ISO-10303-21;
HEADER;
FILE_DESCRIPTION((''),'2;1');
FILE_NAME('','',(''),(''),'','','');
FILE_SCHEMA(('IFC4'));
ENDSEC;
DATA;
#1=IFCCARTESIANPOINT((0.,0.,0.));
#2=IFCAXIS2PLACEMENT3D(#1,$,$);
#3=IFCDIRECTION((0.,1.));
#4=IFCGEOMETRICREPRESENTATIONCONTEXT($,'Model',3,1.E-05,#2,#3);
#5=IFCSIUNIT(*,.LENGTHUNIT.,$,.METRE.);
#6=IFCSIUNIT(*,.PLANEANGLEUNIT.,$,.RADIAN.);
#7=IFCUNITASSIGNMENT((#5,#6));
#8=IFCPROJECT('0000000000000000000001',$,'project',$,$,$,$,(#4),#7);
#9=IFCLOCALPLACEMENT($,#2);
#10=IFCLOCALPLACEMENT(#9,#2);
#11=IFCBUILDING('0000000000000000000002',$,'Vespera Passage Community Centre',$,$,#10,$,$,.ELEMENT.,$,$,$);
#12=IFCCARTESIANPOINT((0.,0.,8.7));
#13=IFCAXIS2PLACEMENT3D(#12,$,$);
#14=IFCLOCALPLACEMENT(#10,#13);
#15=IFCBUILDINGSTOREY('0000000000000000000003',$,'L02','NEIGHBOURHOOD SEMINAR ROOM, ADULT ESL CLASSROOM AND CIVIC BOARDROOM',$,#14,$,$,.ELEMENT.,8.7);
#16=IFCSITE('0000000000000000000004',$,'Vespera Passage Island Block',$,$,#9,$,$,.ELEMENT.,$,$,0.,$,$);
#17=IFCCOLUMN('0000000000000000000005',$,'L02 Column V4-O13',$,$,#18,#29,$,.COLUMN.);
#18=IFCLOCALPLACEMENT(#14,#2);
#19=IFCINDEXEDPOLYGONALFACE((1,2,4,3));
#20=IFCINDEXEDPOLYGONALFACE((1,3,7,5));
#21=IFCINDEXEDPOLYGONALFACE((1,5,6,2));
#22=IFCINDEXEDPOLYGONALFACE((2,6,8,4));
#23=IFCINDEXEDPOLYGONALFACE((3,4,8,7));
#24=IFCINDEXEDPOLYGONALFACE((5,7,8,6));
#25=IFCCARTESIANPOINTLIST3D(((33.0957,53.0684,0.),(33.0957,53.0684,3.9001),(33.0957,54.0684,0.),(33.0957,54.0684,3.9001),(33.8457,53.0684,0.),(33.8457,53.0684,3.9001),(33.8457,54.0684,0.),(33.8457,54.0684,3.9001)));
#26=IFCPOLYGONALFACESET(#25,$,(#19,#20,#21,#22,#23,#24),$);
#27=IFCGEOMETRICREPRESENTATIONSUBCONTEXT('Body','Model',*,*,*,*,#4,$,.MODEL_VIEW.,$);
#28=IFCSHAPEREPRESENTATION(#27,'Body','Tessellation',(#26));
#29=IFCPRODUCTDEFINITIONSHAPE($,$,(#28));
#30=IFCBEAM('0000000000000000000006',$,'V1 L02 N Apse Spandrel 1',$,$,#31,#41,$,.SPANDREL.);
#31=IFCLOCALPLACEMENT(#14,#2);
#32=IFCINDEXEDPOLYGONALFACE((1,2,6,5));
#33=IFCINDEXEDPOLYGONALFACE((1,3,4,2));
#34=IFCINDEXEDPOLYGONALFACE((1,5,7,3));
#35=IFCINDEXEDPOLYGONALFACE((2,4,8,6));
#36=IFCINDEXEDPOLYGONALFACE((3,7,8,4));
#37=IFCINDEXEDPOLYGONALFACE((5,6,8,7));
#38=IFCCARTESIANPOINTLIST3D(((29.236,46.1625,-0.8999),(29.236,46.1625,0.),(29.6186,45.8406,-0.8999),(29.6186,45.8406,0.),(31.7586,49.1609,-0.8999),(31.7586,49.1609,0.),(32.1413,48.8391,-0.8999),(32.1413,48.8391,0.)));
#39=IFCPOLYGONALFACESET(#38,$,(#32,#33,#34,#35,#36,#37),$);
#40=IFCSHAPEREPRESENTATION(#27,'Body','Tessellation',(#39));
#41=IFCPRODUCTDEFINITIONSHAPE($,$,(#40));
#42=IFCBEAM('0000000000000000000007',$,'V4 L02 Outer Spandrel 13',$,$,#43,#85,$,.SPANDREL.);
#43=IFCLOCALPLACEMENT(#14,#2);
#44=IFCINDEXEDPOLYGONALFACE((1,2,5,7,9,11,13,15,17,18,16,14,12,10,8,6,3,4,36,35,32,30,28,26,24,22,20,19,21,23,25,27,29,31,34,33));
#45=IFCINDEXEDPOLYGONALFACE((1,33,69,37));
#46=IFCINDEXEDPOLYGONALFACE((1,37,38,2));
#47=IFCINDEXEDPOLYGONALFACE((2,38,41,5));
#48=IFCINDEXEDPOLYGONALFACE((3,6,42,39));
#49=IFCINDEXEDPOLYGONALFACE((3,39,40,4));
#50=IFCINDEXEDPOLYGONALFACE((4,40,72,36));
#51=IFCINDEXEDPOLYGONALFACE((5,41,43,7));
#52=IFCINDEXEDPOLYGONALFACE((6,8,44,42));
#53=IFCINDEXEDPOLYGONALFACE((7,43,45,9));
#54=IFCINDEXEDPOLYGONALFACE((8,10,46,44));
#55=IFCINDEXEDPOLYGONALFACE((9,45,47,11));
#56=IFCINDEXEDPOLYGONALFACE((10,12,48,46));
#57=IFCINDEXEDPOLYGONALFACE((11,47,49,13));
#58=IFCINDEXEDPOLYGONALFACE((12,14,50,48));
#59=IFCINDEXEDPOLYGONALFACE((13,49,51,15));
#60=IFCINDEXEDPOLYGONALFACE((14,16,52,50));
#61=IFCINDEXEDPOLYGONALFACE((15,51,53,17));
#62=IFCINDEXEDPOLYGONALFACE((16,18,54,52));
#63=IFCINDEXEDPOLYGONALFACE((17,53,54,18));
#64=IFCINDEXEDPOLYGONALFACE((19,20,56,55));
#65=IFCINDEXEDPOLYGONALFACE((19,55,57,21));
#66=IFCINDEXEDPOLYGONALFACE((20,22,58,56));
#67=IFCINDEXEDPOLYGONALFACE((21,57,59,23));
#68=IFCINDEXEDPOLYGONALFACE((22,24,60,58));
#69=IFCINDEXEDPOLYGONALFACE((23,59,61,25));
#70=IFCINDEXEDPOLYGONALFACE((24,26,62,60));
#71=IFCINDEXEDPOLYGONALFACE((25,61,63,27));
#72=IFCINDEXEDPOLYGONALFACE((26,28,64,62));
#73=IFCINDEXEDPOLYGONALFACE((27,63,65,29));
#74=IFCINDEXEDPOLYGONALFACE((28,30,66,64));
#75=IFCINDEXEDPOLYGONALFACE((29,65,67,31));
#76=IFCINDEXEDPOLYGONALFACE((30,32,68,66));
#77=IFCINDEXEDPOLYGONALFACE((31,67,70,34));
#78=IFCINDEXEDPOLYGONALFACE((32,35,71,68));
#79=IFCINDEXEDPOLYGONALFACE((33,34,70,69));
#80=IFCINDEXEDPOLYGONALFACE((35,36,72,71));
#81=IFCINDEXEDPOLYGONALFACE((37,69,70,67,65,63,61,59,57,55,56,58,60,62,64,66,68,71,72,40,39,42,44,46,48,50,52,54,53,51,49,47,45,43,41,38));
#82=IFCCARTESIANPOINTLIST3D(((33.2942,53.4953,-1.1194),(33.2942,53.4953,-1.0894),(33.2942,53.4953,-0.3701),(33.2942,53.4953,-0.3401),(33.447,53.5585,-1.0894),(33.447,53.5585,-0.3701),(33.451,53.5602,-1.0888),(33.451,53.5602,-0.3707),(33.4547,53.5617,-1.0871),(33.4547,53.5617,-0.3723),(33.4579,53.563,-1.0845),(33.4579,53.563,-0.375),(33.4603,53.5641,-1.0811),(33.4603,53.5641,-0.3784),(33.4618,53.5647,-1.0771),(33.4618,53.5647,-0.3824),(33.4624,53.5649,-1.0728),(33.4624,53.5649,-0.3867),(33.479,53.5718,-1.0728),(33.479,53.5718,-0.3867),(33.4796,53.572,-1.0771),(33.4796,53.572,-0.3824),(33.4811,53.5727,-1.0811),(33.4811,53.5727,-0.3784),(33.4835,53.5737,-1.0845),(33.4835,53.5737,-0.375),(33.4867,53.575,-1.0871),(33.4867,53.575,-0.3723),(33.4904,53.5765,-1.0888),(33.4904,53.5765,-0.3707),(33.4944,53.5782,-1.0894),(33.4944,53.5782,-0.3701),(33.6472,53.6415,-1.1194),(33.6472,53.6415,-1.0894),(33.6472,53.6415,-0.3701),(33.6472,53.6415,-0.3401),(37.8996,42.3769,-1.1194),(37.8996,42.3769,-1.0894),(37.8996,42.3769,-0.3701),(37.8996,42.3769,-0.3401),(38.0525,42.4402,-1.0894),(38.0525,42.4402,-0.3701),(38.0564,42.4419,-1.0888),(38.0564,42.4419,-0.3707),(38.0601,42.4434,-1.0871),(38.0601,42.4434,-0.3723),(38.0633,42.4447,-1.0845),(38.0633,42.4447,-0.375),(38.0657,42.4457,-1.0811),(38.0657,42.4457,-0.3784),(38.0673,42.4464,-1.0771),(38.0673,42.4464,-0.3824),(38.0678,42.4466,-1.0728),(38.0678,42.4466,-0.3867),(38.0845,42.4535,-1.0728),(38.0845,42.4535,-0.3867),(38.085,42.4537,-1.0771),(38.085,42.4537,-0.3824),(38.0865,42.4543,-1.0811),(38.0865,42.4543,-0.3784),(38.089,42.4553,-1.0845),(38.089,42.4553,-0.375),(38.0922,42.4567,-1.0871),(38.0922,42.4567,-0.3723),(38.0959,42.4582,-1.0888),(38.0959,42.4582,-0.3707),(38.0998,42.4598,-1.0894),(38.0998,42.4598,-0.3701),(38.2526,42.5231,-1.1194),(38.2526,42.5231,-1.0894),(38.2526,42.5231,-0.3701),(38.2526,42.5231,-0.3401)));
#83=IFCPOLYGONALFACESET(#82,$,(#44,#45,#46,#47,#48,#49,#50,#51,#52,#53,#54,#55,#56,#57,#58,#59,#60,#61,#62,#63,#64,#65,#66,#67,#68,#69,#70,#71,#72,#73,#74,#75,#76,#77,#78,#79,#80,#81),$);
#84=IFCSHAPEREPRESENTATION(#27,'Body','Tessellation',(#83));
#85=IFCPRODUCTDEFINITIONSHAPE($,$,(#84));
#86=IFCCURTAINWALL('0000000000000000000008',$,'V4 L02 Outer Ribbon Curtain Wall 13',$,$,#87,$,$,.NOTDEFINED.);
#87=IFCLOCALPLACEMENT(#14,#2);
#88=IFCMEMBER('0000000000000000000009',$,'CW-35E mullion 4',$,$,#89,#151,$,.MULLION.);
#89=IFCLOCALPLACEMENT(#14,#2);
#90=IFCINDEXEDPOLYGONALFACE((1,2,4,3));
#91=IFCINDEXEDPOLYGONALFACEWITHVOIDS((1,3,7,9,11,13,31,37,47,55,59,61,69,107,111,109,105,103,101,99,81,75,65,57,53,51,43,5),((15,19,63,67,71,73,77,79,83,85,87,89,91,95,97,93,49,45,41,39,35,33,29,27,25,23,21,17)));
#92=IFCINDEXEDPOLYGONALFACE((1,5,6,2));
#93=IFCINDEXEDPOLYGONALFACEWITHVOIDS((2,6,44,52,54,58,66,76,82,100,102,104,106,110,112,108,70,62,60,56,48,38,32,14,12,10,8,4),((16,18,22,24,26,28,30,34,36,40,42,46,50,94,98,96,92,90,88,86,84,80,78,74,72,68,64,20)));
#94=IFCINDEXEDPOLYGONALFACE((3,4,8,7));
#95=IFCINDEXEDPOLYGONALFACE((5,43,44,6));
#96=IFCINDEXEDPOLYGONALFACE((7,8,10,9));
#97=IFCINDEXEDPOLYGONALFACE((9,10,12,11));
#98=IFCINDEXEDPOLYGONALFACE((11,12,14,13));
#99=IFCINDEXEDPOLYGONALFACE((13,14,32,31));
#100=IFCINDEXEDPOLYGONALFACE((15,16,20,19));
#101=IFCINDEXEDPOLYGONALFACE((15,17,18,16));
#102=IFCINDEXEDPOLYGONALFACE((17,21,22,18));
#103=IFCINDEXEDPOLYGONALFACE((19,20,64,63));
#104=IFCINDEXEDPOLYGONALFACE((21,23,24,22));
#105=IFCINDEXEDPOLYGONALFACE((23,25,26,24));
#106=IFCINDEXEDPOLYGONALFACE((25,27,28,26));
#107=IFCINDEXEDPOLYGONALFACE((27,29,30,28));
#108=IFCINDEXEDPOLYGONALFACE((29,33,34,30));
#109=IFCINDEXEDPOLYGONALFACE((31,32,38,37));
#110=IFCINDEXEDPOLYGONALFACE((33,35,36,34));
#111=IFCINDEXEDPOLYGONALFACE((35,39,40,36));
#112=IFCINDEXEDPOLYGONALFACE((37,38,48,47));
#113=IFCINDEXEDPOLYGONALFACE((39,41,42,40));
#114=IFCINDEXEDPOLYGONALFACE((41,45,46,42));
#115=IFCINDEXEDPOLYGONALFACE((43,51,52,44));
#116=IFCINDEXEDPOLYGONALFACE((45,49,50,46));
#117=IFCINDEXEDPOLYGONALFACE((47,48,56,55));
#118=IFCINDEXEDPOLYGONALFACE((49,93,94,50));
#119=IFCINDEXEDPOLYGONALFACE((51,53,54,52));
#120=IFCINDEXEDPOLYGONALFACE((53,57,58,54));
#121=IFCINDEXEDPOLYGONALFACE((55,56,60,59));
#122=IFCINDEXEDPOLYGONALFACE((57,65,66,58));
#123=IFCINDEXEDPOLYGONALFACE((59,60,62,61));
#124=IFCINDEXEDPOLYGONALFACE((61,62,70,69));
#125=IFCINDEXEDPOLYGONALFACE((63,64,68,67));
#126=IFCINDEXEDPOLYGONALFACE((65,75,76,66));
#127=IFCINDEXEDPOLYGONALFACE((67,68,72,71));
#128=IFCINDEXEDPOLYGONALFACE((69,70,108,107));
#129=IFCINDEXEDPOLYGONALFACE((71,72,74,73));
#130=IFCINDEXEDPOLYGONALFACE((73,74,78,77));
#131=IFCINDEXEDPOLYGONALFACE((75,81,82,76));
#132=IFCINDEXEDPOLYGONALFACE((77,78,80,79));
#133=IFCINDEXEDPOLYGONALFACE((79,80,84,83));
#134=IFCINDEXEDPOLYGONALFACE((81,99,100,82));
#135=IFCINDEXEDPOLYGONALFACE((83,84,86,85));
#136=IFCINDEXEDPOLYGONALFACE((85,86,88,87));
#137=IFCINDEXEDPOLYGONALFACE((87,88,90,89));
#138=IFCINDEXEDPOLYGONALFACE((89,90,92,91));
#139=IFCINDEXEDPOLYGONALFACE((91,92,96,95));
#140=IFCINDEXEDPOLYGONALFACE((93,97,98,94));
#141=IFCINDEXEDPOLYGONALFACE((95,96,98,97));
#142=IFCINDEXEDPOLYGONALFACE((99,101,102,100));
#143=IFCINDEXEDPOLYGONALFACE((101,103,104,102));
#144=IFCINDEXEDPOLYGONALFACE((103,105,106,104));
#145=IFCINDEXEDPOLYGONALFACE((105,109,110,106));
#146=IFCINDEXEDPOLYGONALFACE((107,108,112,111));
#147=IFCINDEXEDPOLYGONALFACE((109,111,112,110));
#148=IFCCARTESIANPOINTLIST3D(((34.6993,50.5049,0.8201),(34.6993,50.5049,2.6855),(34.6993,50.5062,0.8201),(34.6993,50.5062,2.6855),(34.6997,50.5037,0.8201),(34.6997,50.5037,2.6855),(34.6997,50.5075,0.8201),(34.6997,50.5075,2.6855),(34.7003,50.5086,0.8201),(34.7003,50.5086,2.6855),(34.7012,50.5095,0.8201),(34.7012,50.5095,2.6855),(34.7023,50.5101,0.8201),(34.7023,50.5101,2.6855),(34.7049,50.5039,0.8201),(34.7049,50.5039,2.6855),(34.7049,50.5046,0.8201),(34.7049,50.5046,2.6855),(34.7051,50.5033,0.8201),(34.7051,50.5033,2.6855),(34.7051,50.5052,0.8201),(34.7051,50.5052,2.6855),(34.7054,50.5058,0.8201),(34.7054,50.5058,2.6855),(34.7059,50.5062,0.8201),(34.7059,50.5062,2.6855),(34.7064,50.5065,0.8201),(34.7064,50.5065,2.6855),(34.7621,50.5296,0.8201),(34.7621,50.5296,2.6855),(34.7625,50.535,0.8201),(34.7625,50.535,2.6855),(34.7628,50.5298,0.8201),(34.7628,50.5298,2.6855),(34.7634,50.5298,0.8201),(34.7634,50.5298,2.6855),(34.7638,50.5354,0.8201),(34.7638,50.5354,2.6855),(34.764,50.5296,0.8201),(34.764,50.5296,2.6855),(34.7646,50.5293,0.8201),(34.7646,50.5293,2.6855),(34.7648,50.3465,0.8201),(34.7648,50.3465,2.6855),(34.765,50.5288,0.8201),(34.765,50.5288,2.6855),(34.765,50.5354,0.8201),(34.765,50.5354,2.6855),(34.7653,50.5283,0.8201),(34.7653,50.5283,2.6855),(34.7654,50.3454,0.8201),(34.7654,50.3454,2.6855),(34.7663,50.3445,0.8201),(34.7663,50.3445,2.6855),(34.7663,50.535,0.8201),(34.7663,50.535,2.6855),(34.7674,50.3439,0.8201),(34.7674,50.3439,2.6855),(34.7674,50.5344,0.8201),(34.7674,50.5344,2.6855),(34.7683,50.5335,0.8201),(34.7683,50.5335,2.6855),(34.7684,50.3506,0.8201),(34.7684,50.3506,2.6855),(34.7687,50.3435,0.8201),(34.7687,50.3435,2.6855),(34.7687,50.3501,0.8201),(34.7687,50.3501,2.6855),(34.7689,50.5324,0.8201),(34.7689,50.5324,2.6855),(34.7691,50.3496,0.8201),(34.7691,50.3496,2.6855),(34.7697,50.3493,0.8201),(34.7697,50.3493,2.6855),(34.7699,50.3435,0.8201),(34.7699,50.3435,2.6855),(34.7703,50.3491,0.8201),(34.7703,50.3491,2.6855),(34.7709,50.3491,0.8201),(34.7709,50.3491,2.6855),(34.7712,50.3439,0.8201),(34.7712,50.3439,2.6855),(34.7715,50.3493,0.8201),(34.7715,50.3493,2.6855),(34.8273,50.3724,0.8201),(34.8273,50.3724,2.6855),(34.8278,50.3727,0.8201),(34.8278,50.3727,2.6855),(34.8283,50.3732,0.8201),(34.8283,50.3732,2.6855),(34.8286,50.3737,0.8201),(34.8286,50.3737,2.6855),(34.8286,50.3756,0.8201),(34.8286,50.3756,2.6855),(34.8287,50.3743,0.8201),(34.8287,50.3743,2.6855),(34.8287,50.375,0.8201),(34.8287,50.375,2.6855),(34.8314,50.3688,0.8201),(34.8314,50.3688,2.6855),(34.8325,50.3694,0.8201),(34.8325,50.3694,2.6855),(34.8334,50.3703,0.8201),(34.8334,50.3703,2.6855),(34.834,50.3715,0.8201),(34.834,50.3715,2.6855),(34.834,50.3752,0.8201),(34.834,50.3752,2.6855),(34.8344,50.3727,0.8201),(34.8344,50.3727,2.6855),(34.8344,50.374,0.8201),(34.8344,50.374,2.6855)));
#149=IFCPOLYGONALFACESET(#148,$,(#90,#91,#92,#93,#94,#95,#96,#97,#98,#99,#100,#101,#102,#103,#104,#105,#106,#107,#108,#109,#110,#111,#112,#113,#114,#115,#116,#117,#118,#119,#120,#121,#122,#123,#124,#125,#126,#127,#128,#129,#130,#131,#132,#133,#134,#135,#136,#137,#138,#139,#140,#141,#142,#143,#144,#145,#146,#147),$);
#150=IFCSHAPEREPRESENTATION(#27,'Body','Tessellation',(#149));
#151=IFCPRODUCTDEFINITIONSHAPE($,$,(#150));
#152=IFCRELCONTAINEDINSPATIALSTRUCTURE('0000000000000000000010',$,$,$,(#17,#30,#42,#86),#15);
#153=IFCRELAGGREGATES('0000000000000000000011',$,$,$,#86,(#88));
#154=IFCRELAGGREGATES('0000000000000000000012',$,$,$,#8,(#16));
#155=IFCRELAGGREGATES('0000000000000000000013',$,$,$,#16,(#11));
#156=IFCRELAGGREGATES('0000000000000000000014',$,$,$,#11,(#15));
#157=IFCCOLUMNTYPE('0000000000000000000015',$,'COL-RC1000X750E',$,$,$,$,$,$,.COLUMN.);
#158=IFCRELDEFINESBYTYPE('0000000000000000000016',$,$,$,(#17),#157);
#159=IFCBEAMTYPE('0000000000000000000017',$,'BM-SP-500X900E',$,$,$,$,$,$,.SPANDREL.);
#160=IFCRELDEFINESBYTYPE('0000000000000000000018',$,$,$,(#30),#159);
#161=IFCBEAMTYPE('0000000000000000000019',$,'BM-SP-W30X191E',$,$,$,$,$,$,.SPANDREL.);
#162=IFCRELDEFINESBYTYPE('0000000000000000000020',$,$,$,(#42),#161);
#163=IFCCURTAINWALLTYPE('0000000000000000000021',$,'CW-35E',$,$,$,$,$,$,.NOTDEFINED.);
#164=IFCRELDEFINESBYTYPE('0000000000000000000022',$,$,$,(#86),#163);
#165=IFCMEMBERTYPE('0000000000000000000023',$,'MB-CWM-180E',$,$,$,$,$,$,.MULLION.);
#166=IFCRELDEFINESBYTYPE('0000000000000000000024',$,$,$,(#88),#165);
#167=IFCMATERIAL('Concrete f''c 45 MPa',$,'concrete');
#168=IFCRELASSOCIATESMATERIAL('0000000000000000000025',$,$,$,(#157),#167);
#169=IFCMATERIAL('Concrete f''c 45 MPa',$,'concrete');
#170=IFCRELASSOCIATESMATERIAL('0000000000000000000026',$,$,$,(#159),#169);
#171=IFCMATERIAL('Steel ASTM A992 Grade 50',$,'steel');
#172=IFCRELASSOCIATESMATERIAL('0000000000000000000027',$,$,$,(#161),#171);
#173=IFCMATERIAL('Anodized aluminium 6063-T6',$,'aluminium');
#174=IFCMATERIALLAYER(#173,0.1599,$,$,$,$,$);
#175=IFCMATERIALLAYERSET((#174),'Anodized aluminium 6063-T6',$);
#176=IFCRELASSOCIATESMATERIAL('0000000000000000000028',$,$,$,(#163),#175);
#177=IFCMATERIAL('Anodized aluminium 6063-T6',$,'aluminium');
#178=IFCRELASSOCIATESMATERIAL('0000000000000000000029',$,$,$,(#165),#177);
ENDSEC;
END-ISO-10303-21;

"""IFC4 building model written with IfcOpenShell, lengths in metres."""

from ifc_helpers import new_model, si_unit, direction, frame, origin, origin_2d, place, context, subcontext, project, spatial, rectangle, hollow_rectangle, i_section, extrude, material, layer, layer_set, material_profile, profile_set, type_object, element, aggregate, save


model = new_model("IFC4")

# Units and contexts
model_context = context("Model", 3, precision=1e-05, world=origin(), true_north=direction((0.0, 1.0)))
body_context = subcontext(model_context, "Body", "Model", "MODEL_VIEW")
ifc_project = project(units=[si_unit("LENGTHUNIT", "METRE"), si_unit("PLANEANGLEUNIT", "RADIAN")], contexts=[model_context])

# Site, building, storey
site_placement = place(None, origin())
site = spatial("IfcSite", under=ifc_project, at=site_placement, Name="Vespera Passage Island Block", CompositionType="ELEMENT", RefElevation=0.0)
building_placement = place(site_placement, origin())
building = spatial("IfcBuilding", under=site, at=building_placement, Name="Vespera Passage Community Centre", CompositionType="ELEMENT")
storey_placement = place(building_placement, frame((0.0, 0.0, 8.7)))
storey = spatial("IfcBuildingStorey", under=building, at=storey_placement, Name="L02", Description="NEIGHBOURHOOD SEMINAR ROOM, ADULT ESL CLASSROOM AND CIVIC BOARDROOM", CompositionType="ELEMENT", Elevation=8.7)

# Column
ifc_material_1 = material(Name="Concrete f'c 45 MPa", Category="concrete")
ifc_material_profile_1 = material_profile(ifc_material_1, rectangle(XDim=0.75, YDim=1.0, at=origin_2d()), Name="RC1000X750")
ifc_profile_set_1 = profile_set([ifc_material_profile_1], Name="Concrete f'c 45 MPa")
column_type = type_object("IfcColumnType", Name="COL-RC1000X750E", PredefinedType="COLUMN", material=ifc_profile_set_1)
column_placement = place(storey_placement, frame((33.4707, 53.5684, 0.0), z_axis=(0.0, 0.0, 1.0), x_axis=(1.0, 0.0, 0.0)))
element("IfcColumn", 1, at=column_placement, inside=storey, type_object=column_type, Name="L02 Column V4-O13", PredefinedType="COLUMN", context=body_context, shape_type="SweptSolid", body=[
    extrude(rectangle(XDim=0.75, YDim=1.0, at=origin_2d()), origin(), (0.0, 0.0, 1.0), 3.9001),
])

# Beams
ifc_material_2 = material(Name="Concrete f'c 45 MPa", Category="concrete")
ifc_material_profile_2 = material_profile(ifc_material_2, rectangle(XDim=0.5, YDim=0.8999, at=origin_2d()), Name="RC500X900")
ifc_profile_set_2 = profile_set([ifc_material_profile_2], Name="Concrete f'c 45 MPa")
beam_type_1 = type_object("IfcBeamType", Name="BM-SP-500X900E", PredefinedType="SPANDREL", material=ifc_profile_set_2)
beam_1_placement = place(storey_placement, frame((31.95, 49.0, -0.45), z_axis=(-0.643781, -0.76521, 0.0), x_axis=(0.76521, -0.643781, 0.0)))
element("IfcBeam", 2, at=beam_1_placement, inside=storey, type_object=beam_type_1, Name="V1 L02 N Apse Spandrel 1", PredefinedType="SPANDREL", context=body_context, shape_type="SweptSolid", body=[
    extrude(rectangle(XDim=0.5, YDim=0.8999, at=origin_2d()), origin(), (0.0, 0.0, 1.0), 3.9185),
])
ifc_material_3 = material(Name="Steel ASTM A992 Grade 50", Category="steel")
ifc_material_profile_3 = material_profile(ifc_material_3, i_section(OverallWidth=0.3821, OverallDepth=0.7793, WebThickness=0.0181, FlangeThickness=0.03, FilletRadius=0.0166, at=origin_2d()), Name="W30X191")
ifc_profile_set_3 = profile_set([ifc_material_profile_3], Name="Steel ASTM A992 Grade 50")
beam_type_2 = type_object("IfcBeamType", Name="BM-SP-W30X191E", PredefinedType="SPANDREL", material=ifc_profile_set_3)
beam_2_placement = place(storey_placement, frame((33.4707, 53.5684, -0.7297), z_axis=(0.382689, -0.923877, 0.0), x_axis=(0.923877, 0.382689, 0.0)))
element("IfcBeam", 3, at=beam_2_placement, inside=storey, type_object=beam_type_2, Name="V4 L02 Outer Spandrel 13", PredefinedType="SPANDREL", context=body_context, shape_type="SweptSolid", body=[
    extrude(i_section(OverallWidth=0.3821, OverallDepth=0.7793, WebThickness=0.0181, FlangeThickness=0.03, FilletRadius=0.0166, at=origin_2d()), origin(), (0.0, 0.0, 1.0), 12.0344),
])

# Curtain wall, member
ifc_material_4 = material(Name="Anodized aluminium 6063-T6", Category="aluminium")
ifc_layer_1 = layer(ifc_material_4, 0.1599)
ifc_layer_set_1 = layer_set([ifc_layer_1], Name="Anodized aluminium 6063-T6")
curtain_wall_type = type_object("IfcCurtainWallType", Name="CW-35E", PredefinedType="NOTDEFINED", material=ifc_layer_set_1)
curtain_wall_placement = place(storey_placement, origin())
curtain_wall = element("IfcCurtainWall", 4, at=curtain_wall_placement, inside=storey, type_object=curtain_wall_type, Name="V4 L02 Outer Ribbon Curtain Wall 13", PredefinedType="NOTDEFINED")
ifc_material_5 = material(Name="Anodized aluminium 6063-T6", Category="aluminium")
ifc_material_profile_4 = material_profile(ifc_material_5, hollow_rectangle(XDim=0.075, YDim=0.1799, WallThickness=0.0049, InnerFilletRadius=0.0024, OuterFilletRadius=0.0049, at=origin_2d()), Name="ALU180X75X5")
ifc_profile_set_4 = profile_set([ifc_material_profile_4], Name="Anodized aluminium 6063-T6")
member_type_1 = type_object("IfcMemberType", Name="MB-CWM-180E", PredefinedType="MULLION", material=ifc_profile_set_4)
member_1_placement = place(storey_placement, frame((34.7668, 50.4395, 0.8201), z_axis=(0.0, 0.0, 1.0), x_axis=(-0.923881, -0.382679, 0.0)))
member_1 = element("IfcMember", 5, at=member_1_placement, type_object=member_type_1, Name="CW-35E mullion 4", PredefinedType="MULLION", context=body_context, shape_type="SweptSolid", body=[
    extrude(hollow_rectangle(XDim=0.075, YDim=0.1799, WallThickness=0.0049, InnerFilletRadius=0.0024, OuterFilletRadius=0.0049, at=origin_2d()), origin(), (0.0, 0.0, 1.0), 1.8655),
])
aggregate(curtain_wall, [member_1])

save(model, "model.ifc")
